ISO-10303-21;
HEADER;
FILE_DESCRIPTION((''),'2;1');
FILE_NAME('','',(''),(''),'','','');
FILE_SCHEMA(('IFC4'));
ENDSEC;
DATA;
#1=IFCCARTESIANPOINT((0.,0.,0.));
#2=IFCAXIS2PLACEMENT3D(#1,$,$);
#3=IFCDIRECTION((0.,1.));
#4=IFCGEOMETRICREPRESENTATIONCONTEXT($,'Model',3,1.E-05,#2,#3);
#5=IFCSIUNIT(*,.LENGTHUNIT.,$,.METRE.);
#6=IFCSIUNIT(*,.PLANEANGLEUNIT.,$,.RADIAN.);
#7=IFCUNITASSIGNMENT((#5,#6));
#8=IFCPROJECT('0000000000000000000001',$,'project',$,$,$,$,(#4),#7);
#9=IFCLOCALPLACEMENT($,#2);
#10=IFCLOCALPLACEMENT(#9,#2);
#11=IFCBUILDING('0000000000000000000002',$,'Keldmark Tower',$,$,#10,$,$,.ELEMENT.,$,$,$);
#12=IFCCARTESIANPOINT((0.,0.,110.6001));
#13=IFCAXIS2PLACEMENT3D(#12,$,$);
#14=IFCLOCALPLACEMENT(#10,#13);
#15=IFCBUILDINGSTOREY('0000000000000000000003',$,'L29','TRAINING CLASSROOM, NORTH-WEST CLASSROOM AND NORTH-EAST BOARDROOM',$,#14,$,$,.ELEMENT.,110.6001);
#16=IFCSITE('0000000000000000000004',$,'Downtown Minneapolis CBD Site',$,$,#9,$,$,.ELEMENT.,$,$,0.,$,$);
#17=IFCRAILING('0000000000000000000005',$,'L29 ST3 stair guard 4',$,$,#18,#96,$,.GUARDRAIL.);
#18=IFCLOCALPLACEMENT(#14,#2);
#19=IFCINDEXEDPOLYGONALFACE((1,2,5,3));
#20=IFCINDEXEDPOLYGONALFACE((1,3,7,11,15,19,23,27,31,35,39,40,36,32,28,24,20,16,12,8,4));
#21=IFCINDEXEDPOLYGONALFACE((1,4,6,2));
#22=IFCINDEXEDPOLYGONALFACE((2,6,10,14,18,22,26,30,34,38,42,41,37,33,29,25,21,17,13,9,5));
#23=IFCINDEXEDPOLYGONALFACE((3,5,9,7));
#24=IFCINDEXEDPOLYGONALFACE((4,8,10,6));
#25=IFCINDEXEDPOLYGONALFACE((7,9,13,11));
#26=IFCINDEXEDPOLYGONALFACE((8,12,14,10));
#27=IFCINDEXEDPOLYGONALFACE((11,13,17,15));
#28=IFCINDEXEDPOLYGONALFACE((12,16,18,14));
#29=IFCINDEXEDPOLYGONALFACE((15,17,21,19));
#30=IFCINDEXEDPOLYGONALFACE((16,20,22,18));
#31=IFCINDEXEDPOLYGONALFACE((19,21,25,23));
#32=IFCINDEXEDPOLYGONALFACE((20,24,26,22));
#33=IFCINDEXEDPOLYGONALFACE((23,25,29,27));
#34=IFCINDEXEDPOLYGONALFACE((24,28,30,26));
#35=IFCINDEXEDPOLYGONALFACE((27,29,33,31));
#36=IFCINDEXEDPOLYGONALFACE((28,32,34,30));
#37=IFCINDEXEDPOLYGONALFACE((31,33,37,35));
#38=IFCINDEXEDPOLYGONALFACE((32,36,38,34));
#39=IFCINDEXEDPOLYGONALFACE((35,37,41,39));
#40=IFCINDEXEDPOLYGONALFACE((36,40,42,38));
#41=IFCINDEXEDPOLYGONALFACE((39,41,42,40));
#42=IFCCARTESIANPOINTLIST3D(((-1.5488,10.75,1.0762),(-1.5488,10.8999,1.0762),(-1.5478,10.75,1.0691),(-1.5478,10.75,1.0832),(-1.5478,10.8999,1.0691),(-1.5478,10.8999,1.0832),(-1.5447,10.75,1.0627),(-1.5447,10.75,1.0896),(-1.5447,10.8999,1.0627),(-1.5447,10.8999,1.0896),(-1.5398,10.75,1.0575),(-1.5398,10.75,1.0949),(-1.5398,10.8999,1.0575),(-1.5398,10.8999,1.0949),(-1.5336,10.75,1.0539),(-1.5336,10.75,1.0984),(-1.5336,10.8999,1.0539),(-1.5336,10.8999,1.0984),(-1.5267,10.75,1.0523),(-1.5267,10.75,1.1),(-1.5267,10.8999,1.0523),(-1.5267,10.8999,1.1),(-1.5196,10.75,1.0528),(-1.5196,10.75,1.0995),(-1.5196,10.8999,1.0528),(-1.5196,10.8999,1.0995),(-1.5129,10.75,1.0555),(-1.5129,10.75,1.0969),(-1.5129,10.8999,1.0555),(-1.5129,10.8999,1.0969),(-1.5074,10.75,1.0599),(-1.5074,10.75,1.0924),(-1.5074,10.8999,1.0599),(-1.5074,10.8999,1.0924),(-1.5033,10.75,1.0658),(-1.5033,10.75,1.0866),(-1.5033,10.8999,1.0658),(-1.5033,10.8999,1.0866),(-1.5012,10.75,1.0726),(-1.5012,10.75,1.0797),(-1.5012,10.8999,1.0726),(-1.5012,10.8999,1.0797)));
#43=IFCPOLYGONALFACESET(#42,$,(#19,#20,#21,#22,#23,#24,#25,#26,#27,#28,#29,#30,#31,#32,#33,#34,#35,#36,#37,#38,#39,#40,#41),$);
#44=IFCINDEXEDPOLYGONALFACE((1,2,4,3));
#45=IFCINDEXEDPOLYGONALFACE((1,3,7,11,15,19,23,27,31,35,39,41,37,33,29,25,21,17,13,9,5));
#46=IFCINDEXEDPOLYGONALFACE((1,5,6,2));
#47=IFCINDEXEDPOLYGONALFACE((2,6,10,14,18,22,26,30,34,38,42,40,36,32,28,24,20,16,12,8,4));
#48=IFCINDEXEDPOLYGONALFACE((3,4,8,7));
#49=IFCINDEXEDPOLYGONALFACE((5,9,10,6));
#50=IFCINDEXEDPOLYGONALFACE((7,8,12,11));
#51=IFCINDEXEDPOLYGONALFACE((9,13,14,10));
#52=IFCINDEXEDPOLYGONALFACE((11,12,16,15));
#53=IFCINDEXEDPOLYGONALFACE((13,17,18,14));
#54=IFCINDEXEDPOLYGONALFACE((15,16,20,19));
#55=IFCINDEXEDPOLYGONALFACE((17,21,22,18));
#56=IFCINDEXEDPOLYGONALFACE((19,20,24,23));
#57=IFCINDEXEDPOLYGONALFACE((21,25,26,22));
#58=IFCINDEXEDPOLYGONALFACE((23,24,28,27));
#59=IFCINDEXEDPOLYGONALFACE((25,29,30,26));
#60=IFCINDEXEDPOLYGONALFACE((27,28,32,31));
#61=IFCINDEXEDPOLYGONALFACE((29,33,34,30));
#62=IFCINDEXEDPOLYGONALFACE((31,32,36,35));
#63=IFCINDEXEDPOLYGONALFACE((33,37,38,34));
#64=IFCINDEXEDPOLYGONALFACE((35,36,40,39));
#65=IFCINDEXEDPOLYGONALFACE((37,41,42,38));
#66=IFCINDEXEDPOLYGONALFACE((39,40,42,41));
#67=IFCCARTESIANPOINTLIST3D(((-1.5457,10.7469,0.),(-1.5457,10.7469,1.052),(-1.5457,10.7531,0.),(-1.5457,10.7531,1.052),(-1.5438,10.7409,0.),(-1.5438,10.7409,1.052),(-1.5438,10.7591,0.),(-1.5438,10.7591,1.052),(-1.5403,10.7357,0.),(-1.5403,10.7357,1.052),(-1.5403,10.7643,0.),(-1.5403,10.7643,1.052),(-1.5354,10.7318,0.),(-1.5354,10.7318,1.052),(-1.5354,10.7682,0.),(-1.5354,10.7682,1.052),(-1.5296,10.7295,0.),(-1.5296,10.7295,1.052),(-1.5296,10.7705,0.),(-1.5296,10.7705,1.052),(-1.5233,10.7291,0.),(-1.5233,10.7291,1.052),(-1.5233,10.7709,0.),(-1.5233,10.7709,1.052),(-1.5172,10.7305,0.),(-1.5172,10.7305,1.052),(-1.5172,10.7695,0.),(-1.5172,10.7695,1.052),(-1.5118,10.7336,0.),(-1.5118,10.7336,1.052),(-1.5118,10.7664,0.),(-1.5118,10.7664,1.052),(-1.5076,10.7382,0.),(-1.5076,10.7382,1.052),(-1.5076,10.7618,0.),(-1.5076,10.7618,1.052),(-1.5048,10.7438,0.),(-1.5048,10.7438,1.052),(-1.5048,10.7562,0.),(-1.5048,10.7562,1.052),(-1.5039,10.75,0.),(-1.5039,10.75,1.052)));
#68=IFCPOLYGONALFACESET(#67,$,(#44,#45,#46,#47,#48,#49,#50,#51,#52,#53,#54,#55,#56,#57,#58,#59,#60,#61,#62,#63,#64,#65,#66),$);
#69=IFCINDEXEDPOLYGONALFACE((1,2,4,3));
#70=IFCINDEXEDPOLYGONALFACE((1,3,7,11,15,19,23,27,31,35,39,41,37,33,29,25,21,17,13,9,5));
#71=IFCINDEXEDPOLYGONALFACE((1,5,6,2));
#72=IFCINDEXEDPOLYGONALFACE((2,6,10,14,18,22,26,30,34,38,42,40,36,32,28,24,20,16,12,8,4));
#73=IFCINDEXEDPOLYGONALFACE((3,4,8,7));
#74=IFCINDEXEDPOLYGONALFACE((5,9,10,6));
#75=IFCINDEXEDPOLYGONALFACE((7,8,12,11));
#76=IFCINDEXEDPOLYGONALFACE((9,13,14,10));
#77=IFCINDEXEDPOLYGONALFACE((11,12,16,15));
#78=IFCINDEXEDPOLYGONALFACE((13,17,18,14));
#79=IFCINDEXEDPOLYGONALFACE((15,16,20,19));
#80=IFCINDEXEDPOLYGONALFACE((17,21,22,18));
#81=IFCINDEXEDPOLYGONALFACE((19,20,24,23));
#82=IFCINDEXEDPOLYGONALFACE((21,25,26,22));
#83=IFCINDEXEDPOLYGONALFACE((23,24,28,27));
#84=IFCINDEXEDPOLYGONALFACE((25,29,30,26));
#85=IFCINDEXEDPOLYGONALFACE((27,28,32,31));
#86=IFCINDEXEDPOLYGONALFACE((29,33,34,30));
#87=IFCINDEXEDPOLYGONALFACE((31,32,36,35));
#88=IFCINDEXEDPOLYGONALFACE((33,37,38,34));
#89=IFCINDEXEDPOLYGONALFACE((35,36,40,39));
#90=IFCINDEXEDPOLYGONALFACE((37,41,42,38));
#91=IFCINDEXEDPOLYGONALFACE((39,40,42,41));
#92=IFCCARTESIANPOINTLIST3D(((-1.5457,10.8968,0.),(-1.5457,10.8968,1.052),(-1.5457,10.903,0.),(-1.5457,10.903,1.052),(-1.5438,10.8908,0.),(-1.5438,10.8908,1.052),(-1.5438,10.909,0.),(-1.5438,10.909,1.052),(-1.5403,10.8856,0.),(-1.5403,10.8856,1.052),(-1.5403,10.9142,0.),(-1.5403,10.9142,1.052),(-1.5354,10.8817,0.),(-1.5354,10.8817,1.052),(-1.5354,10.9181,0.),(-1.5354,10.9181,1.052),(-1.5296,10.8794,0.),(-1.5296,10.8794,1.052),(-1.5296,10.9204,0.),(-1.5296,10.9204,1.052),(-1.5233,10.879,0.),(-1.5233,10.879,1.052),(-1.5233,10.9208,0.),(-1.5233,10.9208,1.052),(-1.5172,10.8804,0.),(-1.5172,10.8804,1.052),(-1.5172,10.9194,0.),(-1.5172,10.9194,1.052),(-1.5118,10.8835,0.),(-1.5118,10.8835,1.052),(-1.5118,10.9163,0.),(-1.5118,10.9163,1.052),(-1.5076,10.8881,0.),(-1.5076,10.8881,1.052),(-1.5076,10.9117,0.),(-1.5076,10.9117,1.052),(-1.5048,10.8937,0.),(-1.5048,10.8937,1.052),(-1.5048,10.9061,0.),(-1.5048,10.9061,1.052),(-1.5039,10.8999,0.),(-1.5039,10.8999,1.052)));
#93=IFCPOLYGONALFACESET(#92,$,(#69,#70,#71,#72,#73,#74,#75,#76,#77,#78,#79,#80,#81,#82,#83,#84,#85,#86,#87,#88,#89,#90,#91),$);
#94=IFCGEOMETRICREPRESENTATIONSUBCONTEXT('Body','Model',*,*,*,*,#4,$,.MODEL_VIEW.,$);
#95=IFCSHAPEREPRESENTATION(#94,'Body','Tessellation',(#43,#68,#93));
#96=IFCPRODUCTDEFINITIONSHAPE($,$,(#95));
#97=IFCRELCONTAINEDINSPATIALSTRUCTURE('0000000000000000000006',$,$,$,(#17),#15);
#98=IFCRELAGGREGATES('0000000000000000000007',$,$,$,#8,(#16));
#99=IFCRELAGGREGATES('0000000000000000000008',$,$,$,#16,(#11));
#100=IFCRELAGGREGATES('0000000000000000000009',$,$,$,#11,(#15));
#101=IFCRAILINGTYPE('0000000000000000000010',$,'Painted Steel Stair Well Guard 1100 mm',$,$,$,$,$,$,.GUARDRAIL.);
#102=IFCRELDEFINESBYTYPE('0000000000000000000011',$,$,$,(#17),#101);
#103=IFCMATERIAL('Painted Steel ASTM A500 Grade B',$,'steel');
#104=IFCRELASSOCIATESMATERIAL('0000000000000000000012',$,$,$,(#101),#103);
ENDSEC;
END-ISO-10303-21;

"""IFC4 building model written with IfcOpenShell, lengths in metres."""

from ifc_helpers import new_model, si_unit, direction, frame, origin, origin_2d, place, context, subcontext, project, spatial, circle, extrude, material, type_object, element, save


model = new_model("IFC4")

# Units and contexts
model_context = context("Model", 3, precision=1e-05, world=origin(), true_north=direction((0.0, 1.0)))
body_context = subcontext(model_context, "Body", "Model", "MODEL_VIEW")
ifc_project = project(units=[si_unit("LENGTHUNIT", "METRE"), si_unit("PLANEANGLEUNIT", "RADIAN")], contexts=[model_context])

# Site, building, storey
site_placement = place(None, origin())
site = spatial("IfcSite", under=ifc_project, at=site_placement, Name="Downtown Minneapolis CBD Site", CompositionType="ELEMENT", RefElevation=0.0)
building_placement = place(site_placement, origin())
building = spatial("IfcBuilding", under=site, at=building_placement, Name="Keldmark Tower", CompositionType="ELEMENT")
storey_placement = place(building_placement, frame((0.0, 0.0, 110.6001)))
storey = spatial("IfcBuildingStorey", under=building, at=storey_placement, Name="L29", Description="TRAINING CLASSROOM, NORTH-WEST CLASSROOM AND NORTH-EAST BOARDROOM", CompositionType="ELEMENT", Elevation=110.6001)

# Railing
ifc_material_1 = material(Name="Painted Steel ASTM A500 Grade B", Category="steel")
railing_type = type_object("IfcRailingType", Name="Painted Steel Stair Well Guard 1100 mm", PredefinedType="GUARDRAIL", material=ifc_material_1)
railing_1_placement = place(storey_placement, frame((-1.5249, 10.75, 0.0)))
element("IfcRailing", 1, at=railing_1_placement, inside=storey, type_object=railing_type, Name="L29 ST3 stair guard 4", PredefinedType="GUARDRAIL", context=body_context, shape_type="SweptSolid", body=[
    extrude(circle(Radius=0.0239, at=origin_2d()), frame((0.0, 0.0, 1.0762), z_axis=(0.0, 1.0, 0.0), x_axis=(-1.0, 0.0, 0.0)), (0.0, 0.0, 1.0), 0.1499),
    extrude(circle(Radius=0.021, at=origin_2d()), origin(), (0.0, 0.0, 1.0), 1.052),
    extrude(circle(Radius=0.021, at=origin_2d()), frame((0.0, 0.1499, 0.0)), (0.0, 0.0, 1.0), 1.052),
])

save(model, "model.ifc")
